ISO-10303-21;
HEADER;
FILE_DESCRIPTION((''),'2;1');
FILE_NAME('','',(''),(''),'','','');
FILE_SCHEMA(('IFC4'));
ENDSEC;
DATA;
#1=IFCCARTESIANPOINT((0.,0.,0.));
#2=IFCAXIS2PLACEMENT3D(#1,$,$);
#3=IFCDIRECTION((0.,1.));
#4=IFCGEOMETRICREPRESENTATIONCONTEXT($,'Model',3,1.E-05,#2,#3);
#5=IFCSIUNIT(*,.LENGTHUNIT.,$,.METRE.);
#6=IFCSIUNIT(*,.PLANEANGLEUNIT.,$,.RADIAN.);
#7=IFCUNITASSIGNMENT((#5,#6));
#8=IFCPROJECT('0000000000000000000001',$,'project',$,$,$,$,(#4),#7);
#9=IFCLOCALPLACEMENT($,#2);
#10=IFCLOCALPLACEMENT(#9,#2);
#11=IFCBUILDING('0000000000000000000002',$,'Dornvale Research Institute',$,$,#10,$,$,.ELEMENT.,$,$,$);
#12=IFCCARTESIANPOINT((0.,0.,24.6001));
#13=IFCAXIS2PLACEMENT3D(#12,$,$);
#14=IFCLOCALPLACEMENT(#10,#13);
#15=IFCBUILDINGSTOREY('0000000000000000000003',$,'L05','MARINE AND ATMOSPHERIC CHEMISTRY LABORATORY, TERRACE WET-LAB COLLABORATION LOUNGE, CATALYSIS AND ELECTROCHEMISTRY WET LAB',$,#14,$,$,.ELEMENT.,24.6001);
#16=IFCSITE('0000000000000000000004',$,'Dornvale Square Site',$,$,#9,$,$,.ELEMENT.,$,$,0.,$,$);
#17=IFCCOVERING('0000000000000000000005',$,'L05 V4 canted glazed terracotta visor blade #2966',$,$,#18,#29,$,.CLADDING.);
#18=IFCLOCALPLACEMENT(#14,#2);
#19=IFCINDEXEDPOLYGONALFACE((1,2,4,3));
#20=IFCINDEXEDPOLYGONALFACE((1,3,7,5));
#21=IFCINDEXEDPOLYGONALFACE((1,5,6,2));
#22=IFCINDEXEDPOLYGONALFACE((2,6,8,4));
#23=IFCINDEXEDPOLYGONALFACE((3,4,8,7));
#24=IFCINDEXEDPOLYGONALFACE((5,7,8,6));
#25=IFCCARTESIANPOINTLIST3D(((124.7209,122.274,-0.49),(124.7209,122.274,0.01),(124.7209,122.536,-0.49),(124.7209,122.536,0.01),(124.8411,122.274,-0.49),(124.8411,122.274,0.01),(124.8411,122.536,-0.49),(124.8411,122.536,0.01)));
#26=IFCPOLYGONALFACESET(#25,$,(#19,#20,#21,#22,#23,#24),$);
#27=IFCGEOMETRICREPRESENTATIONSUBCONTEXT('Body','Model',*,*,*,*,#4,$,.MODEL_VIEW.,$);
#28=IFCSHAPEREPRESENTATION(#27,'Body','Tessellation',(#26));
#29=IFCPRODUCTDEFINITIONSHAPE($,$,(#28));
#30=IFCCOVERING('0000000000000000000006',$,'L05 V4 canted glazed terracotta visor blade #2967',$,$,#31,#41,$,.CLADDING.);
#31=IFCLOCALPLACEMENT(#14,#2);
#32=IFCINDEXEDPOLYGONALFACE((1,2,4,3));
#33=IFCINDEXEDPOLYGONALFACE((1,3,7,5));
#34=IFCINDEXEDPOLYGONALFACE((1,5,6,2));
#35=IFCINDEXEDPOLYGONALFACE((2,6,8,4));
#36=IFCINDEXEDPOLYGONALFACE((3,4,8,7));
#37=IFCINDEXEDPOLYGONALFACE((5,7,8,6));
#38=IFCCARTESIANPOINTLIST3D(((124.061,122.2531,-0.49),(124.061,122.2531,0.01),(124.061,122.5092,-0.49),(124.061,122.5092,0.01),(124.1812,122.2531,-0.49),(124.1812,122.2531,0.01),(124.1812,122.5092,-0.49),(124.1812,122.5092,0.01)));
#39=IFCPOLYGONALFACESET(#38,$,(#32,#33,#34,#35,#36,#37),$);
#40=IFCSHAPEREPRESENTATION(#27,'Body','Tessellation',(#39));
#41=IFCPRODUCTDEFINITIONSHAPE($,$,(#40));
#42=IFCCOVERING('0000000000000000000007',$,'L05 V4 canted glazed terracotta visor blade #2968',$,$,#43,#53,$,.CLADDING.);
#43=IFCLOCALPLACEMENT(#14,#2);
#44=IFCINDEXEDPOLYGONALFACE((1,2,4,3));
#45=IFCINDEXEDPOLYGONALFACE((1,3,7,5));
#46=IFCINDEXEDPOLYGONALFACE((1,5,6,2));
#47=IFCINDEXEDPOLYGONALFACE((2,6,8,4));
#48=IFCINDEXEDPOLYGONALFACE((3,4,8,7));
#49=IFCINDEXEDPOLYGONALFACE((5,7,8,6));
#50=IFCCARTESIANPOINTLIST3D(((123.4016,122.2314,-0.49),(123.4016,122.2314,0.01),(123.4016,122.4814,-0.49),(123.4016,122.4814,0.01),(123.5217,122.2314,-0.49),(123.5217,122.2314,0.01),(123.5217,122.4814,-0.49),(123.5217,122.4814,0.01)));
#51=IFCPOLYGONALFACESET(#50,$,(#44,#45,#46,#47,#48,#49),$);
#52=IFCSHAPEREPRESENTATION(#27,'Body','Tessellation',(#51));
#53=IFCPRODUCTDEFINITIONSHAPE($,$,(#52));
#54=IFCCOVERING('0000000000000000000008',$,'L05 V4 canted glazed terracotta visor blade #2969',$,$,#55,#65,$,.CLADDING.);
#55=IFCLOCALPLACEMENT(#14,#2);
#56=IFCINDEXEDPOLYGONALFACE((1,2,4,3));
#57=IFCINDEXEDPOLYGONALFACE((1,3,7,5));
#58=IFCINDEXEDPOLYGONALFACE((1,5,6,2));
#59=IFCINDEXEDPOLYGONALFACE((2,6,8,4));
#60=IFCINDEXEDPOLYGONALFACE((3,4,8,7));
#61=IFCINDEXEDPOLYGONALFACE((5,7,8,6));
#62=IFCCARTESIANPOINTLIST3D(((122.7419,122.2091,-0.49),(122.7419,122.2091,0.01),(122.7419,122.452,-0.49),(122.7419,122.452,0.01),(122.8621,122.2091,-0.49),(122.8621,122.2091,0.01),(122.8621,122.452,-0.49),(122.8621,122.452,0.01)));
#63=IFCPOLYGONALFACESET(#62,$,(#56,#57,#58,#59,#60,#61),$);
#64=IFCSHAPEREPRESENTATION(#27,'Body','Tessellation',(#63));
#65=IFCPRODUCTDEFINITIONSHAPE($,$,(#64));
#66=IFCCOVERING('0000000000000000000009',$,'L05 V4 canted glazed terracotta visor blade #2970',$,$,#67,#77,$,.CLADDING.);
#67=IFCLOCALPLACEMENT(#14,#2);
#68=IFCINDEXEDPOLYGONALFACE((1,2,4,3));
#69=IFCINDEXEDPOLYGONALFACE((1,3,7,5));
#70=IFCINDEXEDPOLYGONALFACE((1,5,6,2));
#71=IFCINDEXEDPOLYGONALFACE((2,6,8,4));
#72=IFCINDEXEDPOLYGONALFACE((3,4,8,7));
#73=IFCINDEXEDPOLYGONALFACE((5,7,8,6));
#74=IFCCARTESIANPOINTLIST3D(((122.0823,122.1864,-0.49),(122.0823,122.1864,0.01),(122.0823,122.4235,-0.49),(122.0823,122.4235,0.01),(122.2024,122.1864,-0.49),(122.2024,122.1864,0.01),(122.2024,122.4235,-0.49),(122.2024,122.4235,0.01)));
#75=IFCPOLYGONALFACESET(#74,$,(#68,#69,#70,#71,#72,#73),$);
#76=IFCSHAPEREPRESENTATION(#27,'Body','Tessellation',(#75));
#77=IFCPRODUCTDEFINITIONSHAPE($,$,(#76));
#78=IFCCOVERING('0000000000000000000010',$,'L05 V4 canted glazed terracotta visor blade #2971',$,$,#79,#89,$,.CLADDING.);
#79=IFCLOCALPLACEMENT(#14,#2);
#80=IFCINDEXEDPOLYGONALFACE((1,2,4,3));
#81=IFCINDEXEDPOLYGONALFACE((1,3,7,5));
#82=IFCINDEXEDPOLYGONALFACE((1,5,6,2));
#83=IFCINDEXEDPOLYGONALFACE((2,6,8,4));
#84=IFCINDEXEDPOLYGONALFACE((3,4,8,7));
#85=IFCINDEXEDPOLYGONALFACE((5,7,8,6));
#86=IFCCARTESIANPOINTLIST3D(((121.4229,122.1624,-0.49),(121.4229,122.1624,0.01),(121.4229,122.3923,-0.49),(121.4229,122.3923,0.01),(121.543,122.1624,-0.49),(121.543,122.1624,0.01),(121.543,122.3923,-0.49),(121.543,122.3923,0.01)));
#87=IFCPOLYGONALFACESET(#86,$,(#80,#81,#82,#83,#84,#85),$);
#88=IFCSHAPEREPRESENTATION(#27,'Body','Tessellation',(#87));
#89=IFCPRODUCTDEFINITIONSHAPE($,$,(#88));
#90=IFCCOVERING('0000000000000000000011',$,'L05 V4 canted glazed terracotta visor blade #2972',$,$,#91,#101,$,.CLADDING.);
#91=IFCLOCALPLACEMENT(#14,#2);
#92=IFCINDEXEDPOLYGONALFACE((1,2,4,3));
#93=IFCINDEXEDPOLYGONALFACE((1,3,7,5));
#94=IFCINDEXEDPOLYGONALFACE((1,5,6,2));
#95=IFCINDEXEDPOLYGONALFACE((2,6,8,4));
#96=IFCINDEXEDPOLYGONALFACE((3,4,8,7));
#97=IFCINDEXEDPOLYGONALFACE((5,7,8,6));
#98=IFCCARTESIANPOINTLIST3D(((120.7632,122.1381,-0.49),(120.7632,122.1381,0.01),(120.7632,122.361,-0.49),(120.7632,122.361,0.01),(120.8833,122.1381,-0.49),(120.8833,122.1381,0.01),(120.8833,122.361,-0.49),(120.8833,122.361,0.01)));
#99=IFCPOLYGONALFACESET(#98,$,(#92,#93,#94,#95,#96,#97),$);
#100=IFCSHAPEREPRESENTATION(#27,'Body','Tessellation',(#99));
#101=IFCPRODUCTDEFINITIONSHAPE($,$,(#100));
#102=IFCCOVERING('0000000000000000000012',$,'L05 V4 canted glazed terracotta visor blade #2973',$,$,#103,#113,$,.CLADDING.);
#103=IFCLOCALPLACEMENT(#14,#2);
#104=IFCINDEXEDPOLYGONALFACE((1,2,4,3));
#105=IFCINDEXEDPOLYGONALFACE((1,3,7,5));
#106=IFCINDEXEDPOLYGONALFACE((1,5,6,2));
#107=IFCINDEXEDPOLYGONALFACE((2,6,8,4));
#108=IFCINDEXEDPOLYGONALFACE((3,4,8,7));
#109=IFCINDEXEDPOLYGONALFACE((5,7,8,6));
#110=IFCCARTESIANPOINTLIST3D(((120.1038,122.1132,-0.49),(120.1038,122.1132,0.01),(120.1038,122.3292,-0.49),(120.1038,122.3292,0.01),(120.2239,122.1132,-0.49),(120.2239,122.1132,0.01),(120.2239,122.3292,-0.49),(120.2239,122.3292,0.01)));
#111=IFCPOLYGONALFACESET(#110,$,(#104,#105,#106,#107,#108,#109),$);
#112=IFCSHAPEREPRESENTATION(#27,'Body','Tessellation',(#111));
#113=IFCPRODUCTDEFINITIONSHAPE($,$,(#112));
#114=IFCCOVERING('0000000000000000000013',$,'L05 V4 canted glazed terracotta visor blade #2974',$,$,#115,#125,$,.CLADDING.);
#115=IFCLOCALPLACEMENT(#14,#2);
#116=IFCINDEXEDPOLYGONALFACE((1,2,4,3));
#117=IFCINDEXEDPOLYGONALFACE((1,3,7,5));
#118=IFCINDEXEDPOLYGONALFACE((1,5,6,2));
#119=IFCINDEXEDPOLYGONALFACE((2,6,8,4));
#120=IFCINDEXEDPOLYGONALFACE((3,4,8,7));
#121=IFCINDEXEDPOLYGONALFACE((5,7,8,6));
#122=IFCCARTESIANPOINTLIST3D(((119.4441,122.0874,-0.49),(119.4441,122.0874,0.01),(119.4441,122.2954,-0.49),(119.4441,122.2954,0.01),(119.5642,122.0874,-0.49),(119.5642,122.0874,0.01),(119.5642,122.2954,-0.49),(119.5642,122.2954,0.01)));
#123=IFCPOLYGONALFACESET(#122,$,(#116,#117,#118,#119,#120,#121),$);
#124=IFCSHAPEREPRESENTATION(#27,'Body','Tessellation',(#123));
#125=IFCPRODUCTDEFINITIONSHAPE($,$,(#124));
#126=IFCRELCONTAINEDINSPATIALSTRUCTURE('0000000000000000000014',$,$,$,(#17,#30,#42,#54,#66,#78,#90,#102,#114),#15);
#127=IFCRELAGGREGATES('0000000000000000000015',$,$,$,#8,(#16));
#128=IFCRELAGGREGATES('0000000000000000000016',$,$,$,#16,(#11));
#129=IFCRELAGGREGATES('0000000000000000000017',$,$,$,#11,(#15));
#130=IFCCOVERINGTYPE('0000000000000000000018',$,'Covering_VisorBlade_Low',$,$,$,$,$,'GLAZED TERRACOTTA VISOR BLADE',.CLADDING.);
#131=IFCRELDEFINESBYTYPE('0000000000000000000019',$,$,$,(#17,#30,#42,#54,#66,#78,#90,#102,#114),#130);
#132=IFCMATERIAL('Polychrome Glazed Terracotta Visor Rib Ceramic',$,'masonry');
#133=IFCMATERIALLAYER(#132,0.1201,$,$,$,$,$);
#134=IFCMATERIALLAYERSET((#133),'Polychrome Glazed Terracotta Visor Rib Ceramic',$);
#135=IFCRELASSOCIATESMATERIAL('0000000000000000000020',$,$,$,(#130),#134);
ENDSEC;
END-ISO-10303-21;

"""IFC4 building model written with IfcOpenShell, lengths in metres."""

from ifc_helpers import new_model, si_unit, direction, frame, origin, origin_2d, place, context, subcontext, project, spatial, rectangle, extrude, material, layer, layer_set, type_object, element, save


model = new_model("IFC4")

# Units and contexts
model_context = context("Model", 3, precision=1e-05, world=origin(), true_north=direction((0.0, 1.0)))
body_context = subcontext(model_context, "Body", "Model", "MODEL_VIEW")
ifc_project = project(units=[si_unit("LENGTHUNIT", "METRE"), si_unit("PLANEANGLEUNIT", "RADIAN")], contexts=[model_context])

# Site, building, storey
site_placement = place(None, origin())
site = spatial("IfcSite", under=ifc_project, at=site_placement, Name="Dornvale Square Site", CompositionType="ELEMENT", RefElevation=0.0)
building_placement = place(site_placement, origin())
building = spatial("IfcBuilding", under=site, at=building_placement, Name="Dornvale Research Institute", CompositionType="ELEMENT")
storey_placement = place(building_placement, frame((0.0, 0.0, 24.6001)))
storey = spatial("IfcBuildingStorey", under=building, at=storey_placement, Name="L05", Description="MARINE AND ATMOSPHERIC CHEMISTRY LABORATORY, TERRACE WET-LAB COLLABORATION LOUNGE, CATALYSIS AND ELECTROCHEMISTRY WET LAB", CompositionType="ELEMENT", Elevation=24.6001)

# Coverings
ifc_material_1 = material(Name="Polychrome Glazed Terracotta Visor Rib Ceramic", Category="masonry")
ifc_layer_1 = layer(ifc_material_1, 0.1201)
ifc_layer_set_1 = layer_set([ifc_layer_1], Name="Polychrome Glazed Terracotta Visor Rib Ceramic")
covering_type = type_object("IfcCoveringType", Name="Covering_VisorBlade_Low", ElementType="GLAZED TERRACOTTA VISOR BLADE", PredefinedType="CLADDING", material=ifc_layer_set_1)
covering_1_placement = place(storey_placement, frame((124.781, 122.405, -0.49), z_axis=(0.0, 0.0, 1.0), x_axis=(0.0, 1.0, 0.0)))
element("IfcCovering", 1, at=covering_1_placement, inside=storey, type_object=covering_type, Name="L05 V4 canted glazed terracotta visor blade #2966", PredefinedType="CLADDING", context=body_context, shape_type="SweptSolid", body=[
    extrude(rectangle(XDim=0.262, YDim=0.1201, at=origin_2d()), origin(), (0.0, 0.0, 1.0), 0.5),
])
covering_2_placement = place(storey_placement, frame((124.1211, 122.3811, -0.49), z_axis=(0.0, 0.0, 1.0), x_axis=(0.0, 1.0, 0.0)))
element("IfcCovering", 2, at=covering_2_placement, inside=storey, type_object=covering_type, Name="L05 V4 canted glazed terracotta visor blade #2967", PredefinedType="CLADDING", context=body_context, shape_type="SweptSolid", body=[
    extrude(rectangle(XDim=0.2561, YDim=0.1201, at=origin_2d()), origin(), (0.0, 0.0, 1.0), 0.5),
])
covering_3_placement = place(storey_placement, frame((123.4617, 122.3564, -0.49), z_axis=(0.0, 0.0, 1.0), x_axis=(0.0, 1.0, 0.0)))
element("IfcCovering", 3, at=covering_3_placement, inside=storey, type_object=covering_type, Name="L05 V4 canted glazed terracotta visor blade #2968", PredefinedType="CLADDING", context=body_context, shape_type="SweptSolid", body=[
    extrude(rectangle(XDim=0.25, YDim=0.1201, at=origin_2d()), origin(), (0.0, 0.0, 1.0), 0.5),
])
covering_4_placement = place(storey_placement, frame((122.802, 122.3306, -0.49), z_axis=(0.0, 0.0, 1.0), x_axis=(0.0, 1.0, 0.0)))
element("IfcCovering", 4, at=covering_4_placement, inside=storey, type_object=covering_type, Name="L05 V4 canted glazed terracotta visor blade #2969", PredefinedType="CLADDING", context=body_context, shape_type="SweptSolid", body=[
    extrude(rectangle(XDim=0.2429, YDim=0.1201, at=origin_2d()), origin(), (0.0, 0.0, 1.0), 0.5),
])
covering_5_placement = place(storey_placement, frame((122.1423, 122.3049, -0.49), z_axis=(0.0, 0.0, 1.0), x_axis=(0.0, 1.0, 0.0)))
element("IfcCovering", 5, at=covering_5_placement, inside=storey, type_object=covering_type, Name="L05 V4 canted glazed terracotta visor blade #2970", PredefinedType="CLADDING", context=body_context, shape_type="SweptSolid", body=[
    extrude(rectangle(XDim=0.2371, YDim=0.1201, at=origin_2d()), origin(), (0.0, 0.0, 1.0), 0.5),
])
covering_6_placement = place(storey_placement, frame((121.4829, 122.2773, -0.49), z_axis=(0.0, 0.0, 1.0), x_axis=(0.0, 1.0, 0.0)))
element("IfcCovering", 6, at=covering_6_placement, inside=storey, type_object=covering_type, Name="L05 V4 canted glazed terracotta visor blade #2971", PredefinedType="CLADDING", context=body_context, shape_type="SweptSolid", body=[
    extrude(rectangle(XDim=0.23, YDim=0.1201, at=origin_2d()), origin(), (0.0, 0.0, 1.0), 0.5),
])
covering_7_placement = place(storey_placement, frame((120.8232, 122.2495, -0.49), z_axis=(0.0, 0.0, 1.0), x_axis=(0.0, 1.0, 0.0)))
element("IfcCovering", 7, at=covering_7_placement, inside=storey, type_object=covering_type, Name="L05 V4 canted glazed terracotta visor blade #2972", PredefinedType="CLADDING", context=body_context, shape_type="SweptSolid", body=[
    extrude(rectangle(XDim=0.2229, YDim=0.1201, at=origin_2d()), origin(), (0.0, 0.0, 1.0), 0.5),
])
covering_8_placement = place(storey_placement, frame((120.1638, 122.2212, -0.49), z_axis=(0.0, 0.0, 1.0), x_axis=(0.0, 1.0, 0.0)))
element("IfcCovering", 8, at=covering_8_placement, inside=storey, type_object=covering_type, Name="L05 V4 canted glazed terracotta visor blade #2973", PredefinedType="CLADDING", context=body_context, shape_type="SweptSolid", body=[
    extrude(rectangle(XDim=0.2161, YDim=0.1201, at=origin_2d()), origin(), (0.0, 0.0, 1.0), 0.5),
])
covering_9_placement = place(storey_placement, frame((119.5042, 122.1914, -0.49), z_axis=(0.0, 0.0, 1.0), x_axis=(0.0, 1.0, 0.0)))
element("IfcCovering", 9, at=covering_9_placement, inside=storey, type_object=covering_type, Name="L05 V4 canted glazed terracotta visor blade #2974", PredefinedType="CLADDING", context=body_context, shape_type="SweptSolid", body=[
    extrude(rectangle(XDim=0.208, YDim=0.1201, at=origin_2d()), origin(), (0.0, 0.0, 1.0), 0.5),
])

save(model, "model.ifc")
